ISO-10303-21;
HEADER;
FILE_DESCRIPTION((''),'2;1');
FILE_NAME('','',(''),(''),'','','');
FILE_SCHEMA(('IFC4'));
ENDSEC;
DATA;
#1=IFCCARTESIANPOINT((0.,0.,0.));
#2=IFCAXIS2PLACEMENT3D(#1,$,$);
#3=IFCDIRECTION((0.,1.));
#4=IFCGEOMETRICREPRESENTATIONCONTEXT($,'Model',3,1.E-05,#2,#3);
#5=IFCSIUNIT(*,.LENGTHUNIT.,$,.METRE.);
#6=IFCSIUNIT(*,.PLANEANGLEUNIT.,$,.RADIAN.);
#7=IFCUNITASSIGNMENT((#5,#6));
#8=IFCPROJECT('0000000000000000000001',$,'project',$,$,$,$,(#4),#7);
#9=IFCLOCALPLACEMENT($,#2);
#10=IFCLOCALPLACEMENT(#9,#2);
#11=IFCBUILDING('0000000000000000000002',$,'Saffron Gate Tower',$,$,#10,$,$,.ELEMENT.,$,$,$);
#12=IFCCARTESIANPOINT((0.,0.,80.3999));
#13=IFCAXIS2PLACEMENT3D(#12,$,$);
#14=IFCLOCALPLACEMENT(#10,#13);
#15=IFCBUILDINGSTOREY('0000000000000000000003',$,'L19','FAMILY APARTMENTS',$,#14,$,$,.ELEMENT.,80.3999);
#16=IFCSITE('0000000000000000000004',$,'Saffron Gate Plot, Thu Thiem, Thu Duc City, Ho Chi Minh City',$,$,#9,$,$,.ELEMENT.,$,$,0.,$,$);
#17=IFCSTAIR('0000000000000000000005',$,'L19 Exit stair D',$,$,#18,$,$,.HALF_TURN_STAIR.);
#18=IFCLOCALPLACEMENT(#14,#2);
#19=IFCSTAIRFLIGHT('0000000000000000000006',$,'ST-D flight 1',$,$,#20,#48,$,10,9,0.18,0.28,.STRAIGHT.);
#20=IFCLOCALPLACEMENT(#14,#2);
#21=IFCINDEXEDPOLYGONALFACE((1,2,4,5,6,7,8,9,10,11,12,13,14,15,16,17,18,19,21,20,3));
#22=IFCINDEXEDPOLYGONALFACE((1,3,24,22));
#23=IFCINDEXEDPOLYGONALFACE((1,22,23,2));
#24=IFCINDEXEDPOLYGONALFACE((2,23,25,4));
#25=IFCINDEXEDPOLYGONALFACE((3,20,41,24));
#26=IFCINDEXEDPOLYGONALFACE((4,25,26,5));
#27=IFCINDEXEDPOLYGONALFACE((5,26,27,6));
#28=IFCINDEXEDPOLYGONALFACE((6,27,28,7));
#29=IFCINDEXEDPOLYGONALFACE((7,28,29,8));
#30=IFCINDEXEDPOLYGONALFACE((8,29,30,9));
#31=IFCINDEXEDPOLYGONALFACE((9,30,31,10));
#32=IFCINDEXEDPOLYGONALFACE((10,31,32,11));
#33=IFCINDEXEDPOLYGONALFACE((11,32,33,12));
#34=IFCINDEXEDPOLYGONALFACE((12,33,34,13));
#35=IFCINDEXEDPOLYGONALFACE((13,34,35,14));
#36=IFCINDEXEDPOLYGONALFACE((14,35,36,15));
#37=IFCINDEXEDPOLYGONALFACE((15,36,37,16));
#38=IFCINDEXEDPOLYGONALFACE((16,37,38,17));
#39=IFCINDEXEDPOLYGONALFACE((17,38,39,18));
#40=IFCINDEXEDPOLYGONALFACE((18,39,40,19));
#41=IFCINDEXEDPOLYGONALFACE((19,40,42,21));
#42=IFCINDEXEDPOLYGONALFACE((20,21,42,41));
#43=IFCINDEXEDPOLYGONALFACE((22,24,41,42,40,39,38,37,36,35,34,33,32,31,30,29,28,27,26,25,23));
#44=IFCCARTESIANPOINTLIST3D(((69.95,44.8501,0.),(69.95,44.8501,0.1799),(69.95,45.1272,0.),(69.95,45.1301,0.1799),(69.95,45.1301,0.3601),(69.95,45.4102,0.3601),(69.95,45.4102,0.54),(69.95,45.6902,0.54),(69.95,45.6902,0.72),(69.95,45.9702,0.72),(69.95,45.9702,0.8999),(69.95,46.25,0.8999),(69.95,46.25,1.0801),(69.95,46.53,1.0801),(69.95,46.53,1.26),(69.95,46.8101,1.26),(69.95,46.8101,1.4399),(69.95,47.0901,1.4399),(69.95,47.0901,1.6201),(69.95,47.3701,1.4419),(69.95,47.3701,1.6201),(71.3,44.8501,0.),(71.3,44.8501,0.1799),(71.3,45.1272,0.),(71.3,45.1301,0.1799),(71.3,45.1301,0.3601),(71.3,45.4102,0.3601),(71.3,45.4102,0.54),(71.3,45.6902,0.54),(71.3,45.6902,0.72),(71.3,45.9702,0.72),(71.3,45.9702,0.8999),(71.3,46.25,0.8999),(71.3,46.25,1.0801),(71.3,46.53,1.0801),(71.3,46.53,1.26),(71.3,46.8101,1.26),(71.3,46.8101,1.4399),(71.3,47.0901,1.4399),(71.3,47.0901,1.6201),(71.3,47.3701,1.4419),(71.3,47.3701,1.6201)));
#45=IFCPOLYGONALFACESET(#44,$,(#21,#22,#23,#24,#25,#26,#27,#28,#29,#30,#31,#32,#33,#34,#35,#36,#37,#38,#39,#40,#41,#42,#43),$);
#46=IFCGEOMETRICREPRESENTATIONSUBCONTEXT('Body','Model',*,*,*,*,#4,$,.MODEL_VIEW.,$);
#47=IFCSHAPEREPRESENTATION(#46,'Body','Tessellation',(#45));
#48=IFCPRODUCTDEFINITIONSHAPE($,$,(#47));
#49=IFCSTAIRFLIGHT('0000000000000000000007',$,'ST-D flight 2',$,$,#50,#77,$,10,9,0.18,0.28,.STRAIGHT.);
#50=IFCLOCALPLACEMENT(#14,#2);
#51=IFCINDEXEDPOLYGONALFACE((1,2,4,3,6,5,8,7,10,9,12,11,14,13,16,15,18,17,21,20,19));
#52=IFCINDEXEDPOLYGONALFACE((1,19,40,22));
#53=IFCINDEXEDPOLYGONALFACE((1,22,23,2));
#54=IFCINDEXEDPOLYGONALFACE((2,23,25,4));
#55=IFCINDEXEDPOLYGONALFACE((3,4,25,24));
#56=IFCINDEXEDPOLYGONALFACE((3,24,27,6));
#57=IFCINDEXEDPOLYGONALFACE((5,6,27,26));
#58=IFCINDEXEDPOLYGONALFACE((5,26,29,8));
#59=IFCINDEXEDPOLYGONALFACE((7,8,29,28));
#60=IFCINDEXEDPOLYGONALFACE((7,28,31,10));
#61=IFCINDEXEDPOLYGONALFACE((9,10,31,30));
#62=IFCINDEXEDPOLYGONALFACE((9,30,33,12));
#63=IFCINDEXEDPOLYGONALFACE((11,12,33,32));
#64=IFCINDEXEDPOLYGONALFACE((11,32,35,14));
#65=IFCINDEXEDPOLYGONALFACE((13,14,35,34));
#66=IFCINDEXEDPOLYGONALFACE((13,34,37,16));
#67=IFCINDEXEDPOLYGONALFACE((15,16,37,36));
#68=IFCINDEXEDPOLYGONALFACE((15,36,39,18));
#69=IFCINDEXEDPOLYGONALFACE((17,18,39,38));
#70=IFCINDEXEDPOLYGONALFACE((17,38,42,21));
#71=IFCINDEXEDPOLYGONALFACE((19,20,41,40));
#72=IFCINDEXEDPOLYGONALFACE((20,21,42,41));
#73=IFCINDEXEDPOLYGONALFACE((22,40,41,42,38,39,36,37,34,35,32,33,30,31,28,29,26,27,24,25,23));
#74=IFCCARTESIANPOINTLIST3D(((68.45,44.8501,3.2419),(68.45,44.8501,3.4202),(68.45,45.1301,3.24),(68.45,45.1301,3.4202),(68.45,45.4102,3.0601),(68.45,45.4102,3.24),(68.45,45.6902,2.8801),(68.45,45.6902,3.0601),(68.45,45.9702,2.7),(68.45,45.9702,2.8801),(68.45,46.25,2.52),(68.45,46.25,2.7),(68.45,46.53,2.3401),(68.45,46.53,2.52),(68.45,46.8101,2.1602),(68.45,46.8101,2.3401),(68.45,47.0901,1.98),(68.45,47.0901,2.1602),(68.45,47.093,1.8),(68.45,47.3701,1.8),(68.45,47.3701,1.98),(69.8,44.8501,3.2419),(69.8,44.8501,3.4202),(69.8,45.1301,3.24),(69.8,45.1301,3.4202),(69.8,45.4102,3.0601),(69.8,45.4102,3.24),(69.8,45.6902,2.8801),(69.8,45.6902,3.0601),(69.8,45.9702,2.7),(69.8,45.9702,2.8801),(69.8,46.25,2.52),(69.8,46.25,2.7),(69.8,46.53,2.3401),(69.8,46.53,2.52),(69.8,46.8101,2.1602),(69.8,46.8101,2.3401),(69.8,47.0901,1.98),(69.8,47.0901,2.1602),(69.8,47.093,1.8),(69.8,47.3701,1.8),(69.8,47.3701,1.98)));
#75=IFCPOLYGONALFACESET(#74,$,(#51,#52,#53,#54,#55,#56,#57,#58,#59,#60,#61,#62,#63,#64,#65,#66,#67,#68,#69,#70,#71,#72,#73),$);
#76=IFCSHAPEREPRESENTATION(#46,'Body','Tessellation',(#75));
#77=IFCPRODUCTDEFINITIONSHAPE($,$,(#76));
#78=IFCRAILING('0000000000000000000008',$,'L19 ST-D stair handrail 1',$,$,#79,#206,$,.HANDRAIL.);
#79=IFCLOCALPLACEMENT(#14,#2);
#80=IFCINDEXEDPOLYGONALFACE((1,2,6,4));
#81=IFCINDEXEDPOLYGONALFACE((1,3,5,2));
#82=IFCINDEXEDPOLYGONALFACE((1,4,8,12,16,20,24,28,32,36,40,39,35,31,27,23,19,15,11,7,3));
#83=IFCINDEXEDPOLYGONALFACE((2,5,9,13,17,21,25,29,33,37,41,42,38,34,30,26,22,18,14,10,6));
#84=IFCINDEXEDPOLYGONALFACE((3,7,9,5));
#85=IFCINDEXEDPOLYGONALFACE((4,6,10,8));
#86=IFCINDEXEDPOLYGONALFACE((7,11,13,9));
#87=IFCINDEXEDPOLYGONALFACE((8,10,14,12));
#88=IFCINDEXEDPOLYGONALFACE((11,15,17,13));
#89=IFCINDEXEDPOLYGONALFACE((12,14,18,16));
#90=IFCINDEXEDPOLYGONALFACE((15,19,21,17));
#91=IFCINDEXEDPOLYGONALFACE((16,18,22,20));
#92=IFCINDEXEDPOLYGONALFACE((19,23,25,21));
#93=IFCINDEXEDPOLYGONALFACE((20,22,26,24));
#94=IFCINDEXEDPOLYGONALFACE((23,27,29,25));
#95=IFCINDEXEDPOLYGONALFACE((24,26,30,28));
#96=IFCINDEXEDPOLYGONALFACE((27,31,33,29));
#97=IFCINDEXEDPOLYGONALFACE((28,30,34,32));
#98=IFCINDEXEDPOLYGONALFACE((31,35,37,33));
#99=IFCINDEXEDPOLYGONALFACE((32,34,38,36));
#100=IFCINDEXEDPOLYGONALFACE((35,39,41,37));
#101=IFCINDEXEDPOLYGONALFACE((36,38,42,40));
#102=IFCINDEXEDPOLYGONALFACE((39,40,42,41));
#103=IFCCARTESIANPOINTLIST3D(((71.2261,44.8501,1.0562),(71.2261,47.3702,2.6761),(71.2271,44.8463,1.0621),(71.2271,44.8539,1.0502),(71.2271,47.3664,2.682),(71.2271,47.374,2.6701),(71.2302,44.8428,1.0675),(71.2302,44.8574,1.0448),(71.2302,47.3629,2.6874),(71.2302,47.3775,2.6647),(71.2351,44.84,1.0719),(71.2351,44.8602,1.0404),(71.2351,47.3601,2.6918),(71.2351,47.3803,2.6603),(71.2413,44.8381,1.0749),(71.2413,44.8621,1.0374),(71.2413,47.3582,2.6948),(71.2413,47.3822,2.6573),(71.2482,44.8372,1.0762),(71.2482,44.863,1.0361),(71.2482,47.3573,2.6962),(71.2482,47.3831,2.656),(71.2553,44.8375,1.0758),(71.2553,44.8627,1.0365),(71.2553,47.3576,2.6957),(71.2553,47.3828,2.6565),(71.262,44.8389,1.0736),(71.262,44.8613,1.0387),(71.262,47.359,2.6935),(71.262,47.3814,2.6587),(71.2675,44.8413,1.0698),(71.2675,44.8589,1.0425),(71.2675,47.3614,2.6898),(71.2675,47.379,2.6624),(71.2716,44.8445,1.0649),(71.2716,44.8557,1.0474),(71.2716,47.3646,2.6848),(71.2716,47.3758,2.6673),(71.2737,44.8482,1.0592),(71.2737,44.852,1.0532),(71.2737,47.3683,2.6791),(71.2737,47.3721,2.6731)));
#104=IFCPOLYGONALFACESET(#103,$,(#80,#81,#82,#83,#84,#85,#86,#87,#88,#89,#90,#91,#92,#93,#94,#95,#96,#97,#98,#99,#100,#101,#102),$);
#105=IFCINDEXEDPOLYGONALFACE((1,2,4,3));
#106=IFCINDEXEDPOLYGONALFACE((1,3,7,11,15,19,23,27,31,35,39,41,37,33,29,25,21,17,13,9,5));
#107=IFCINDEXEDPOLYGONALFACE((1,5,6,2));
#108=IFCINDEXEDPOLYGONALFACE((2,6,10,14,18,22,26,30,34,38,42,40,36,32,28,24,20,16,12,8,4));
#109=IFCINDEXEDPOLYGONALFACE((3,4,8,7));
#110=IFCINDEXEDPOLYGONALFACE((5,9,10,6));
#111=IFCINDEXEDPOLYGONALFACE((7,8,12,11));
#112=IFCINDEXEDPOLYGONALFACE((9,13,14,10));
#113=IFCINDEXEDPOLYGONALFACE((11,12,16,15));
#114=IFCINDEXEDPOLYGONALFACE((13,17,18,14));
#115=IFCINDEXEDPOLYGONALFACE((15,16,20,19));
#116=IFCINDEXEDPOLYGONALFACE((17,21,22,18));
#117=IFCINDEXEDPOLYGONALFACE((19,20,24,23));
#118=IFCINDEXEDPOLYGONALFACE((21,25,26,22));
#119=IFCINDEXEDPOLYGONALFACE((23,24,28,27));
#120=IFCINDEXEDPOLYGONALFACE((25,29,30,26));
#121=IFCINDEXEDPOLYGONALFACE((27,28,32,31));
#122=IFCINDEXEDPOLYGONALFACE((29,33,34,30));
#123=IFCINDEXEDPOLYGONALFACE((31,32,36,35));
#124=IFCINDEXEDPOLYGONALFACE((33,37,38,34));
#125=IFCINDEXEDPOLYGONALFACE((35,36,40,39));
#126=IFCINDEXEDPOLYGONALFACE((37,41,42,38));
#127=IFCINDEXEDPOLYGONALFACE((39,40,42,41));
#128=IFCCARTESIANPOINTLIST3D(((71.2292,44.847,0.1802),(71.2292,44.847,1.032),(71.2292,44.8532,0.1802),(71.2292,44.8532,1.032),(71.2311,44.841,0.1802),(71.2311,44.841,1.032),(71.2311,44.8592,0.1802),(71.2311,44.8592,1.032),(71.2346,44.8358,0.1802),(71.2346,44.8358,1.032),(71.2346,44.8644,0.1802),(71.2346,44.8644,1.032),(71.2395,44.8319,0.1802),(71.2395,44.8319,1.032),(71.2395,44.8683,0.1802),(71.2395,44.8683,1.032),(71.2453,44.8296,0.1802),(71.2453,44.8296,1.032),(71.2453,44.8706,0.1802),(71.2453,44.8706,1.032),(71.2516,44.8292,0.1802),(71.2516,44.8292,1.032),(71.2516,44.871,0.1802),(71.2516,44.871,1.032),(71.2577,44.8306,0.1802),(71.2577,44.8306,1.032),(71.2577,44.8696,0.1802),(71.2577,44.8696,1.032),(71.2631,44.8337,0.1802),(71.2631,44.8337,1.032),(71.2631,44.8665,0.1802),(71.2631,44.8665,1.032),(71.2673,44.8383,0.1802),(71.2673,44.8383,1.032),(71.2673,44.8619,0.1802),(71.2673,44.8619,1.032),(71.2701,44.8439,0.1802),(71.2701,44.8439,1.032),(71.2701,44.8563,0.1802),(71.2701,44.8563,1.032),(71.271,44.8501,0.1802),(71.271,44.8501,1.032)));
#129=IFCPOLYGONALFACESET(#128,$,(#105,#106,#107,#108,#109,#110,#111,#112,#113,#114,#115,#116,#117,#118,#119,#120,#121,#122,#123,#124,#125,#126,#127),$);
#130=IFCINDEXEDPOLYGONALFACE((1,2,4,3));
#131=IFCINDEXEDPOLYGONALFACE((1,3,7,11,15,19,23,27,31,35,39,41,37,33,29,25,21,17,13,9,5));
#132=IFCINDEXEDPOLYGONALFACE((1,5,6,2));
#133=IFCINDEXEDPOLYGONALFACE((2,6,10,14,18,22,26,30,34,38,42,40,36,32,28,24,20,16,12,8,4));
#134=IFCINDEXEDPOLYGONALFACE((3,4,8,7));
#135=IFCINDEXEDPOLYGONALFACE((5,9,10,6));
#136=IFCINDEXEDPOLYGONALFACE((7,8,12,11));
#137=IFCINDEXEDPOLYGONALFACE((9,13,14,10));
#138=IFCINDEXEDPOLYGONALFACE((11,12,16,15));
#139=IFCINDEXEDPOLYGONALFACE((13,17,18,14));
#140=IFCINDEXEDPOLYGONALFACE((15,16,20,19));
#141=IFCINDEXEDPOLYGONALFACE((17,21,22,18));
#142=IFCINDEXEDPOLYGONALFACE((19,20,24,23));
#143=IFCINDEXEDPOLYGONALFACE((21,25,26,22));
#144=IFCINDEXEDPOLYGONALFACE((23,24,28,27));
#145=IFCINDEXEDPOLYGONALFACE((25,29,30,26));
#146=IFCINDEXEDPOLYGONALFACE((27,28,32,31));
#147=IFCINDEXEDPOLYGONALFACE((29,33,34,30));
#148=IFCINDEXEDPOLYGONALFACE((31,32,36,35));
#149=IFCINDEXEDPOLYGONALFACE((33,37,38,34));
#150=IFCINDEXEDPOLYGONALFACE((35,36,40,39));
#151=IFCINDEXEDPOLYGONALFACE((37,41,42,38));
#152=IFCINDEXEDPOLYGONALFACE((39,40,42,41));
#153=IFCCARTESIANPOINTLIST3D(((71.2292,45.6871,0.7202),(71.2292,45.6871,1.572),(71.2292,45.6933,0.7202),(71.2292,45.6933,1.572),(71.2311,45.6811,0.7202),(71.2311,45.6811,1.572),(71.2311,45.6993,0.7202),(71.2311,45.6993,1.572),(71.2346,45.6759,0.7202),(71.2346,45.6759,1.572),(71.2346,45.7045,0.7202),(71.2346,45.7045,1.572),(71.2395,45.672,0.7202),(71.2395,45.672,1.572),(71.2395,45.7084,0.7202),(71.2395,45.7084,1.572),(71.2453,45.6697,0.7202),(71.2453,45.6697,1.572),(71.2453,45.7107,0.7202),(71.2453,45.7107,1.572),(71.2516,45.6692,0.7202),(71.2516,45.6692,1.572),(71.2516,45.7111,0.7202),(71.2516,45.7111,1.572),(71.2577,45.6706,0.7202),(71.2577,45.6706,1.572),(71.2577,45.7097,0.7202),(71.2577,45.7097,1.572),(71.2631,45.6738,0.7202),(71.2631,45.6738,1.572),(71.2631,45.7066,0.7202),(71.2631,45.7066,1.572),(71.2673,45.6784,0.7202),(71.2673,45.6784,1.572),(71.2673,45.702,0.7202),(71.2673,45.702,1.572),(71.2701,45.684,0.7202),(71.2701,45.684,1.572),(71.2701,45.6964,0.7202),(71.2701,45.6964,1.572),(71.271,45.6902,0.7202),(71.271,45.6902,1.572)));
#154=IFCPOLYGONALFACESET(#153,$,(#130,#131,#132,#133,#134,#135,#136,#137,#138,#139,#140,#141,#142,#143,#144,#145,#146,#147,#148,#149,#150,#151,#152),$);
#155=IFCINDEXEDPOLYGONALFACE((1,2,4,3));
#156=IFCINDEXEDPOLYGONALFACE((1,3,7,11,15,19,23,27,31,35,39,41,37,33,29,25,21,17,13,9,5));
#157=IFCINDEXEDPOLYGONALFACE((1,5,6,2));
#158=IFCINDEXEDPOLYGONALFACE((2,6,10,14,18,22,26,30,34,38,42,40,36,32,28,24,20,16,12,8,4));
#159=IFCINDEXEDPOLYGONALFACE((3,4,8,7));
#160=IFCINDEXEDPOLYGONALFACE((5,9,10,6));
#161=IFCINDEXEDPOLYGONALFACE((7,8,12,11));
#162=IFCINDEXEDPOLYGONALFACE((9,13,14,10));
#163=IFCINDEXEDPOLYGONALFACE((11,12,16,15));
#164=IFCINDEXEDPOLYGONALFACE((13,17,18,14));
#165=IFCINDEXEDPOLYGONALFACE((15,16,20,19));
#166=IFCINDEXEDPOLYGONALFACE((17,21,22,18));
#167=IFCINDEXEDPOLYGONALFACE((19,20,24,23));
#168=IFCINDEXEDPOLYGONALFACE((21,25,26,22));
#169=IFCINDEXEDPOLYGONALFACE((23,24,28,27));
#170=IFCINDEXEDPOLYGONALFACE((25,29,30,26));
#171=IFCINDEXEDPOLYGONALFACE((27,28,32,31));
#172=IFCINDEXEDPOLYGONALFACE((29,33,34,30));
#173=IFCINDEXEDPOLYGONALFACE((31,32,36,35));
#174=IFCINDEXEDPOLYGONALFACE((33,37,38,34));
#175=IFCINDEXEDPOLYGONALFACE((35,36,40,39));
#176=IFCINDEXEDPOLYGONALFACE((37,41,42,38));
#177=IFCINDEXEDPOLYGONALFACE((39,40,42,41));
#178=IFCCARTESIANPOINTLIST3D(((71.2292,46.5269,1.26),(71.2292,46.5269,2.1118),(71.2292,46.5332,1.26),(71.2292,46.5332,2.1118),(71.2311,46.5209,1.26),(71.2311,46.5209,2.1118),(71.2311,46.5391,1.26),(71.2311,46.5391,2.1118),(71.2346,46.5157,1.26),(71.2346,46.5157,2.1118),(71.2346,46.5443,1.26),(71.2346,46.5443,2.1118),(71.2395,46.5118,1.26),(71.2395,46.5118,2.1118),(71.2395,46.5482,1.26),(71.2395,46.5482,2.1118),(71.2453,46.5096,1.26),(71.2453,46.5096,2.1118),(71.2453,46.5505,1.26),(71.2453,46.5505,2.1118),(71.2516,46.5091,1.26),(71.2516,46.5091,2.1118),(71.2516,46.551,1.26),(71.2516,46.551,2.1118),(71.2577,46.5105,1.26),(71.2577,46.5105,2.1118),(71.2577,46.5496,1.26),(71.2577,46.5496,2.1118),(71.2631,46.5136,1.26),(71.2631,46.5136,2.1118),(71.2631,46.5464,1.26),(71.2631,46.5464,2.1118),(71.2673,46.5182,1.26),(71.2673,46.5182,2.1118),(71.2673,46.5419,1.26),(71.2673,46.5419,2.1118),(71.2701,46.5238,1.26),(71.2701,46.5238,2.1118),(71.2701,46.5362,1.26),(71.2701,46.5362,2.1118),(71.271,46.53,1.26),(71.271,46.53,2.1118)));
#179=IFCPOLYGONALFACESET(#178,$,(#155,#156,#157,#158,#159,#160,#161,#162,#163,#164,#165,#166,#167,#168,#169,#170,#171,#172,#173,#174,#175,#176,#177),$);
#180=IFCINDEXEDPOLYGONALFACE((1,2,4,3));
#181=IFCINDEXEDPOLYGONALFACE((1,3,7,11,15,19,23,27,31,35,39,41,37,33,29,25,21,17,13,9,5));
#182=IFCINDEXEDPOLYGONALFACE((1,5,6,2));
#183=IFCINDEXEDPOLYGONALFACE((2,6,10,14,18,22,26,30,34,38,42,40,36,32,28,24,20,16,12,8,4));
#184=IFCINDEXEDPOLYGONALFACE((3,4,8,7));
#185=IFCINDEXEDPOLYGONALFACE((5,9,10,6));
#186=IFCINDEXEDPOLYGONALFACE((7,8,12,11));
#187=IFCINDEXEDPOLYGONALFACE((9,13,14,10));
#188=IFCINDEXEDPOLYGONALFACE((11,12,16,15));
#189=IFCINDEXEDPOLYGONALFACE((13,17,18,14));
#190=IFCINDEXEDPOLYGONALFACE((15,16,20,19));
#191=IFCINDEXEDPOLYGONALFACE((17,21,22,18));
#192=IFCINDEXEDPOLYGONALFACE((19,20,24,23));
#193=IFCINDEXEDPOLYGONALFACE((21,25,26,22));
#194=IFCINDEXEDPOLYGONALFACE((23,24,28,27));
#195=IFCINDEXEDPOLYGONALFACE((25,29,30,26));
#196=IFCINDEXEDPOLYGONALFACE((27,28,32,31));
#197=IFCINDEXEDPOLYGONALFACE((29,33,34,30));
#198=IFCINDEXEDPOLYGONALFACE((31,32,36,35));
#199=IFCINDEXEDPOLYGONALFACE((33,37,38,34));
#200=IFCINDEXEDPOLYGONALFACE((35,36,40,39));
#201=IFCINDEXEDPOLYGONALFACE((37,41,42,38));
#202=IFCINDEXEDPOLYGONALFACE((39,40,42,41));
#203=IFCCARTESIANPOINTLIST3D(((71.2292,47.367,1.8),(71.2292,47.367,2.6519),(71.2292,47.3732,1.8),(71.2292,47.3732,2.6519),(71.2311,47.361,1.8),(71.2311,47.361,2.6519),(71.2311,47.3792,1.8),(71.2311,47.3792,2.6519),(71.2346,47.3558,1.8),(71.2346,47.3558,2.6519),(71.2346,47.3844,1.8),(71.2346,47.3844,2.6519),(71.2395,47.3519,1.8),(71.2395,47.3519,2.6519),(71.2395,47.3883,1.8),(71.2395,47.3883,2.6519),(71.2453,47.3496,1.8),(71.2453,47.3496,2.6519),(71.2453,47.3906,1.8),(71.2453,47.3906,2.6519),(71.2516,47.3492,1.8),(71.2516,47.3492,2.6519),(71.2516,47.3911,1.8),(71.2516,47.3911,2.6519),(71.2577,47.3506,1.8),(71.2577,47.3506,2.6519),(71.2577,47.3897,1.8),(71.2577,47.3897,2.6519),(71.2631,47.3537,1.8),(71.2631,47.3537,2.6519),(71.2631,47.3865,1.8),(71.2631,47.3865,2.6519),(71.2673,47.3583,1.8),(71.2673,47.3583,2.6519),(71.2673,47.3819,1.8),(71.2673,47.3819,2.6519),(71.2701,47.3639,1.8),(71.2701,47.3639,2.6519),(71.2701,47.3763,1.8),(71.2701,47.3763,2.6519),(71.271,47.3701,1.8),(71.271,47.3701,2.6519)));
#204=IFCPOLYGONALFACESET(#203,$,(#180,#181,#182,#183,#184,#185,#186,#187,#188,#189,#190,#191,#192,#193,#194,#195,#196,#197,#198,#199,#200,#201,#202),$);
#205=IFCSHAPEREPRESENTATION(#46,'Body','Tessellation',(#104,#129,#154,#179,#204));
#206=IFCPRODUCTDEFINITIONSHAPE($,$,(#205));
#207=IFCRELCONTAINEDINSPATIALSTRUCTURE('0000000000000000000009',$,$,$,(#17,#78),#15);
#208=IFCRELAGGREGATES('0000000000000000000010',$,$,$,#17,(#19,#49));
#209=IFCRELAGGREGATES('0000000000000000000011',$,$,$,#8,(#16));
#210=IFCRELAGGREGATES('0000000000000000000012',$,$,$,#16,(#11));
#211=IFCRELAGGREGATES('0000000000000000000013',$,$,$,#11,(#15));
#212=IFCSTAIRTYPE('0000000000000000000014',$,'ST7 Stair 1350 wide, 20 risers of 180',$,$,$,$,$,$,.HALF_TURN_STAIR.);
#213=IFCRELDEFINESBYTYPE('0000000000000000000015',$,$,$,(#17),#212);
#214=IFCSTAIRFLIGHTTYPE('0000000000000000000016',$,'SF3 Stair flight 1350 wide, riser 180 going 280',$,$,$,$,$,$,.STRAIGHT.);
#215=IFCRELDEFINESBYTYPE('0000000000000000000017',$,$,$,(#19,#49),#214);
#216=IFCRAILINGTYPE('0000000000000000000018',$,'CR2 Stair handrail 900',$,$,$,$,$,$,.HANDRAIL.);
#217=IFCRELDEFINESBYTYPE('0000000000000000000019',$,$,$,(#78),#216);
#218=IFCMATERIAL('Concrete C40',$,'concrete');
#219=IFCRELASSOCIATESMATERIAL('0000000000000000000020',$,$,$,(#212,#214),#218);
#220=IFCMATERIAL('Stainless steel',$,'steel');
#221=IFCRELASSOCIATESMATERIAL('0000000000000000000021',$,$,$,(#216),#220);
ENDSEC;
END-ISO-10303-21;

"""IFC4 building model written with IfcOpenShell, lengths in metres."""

from ifc_helpers import new_model, si_unit, direction, frame, origin, origin_2d, place, context, subcontext, project, spatial, polyline, circle, outline, extrude, material, type_object, element, aggregate, save


model = new_model("IFC4")

# Units and contexts
model_context = context("Model", 3, precision=1e-05, world=origin(), true_north=direction((0.0, 1.0)))
body_context = subcontext(model_context, "Body", "Model", "MODEL_VIEW")
ifc_project = project(units=[si_unit("LENGTHUNIT", "METRE"), si_unit("PLANEANGLEUNIT", "RADIAN")], contexts=[model_context])

# Site, building, storey
site_placement = place(None, origin())
site = spatial("IfcSite", under=ifc_project, at=site_placement, Name="Saffron Gate Plot, Thu Thiem, Thu Duc City, Ho Chi Minh City", CompositionType="ELEMENT", RefElevation=0.0)
building_placement = place(site_placement, origin())
building = spatial("IfcBuilding", under=site, at=building_placement, Name="Saffron Gate Tower", CompositionType="ELEMENT")
storey_placement = place(building_placement, frame((0.0, 0.0, 80.3999)))
storey = spatial("IfcBuildingStorey", under=building, at=storey_placement, Name="L19", Description="FAMILY APARTMENTS", CompositionType="ELEMENT", Elevation=80.3999)

# Stair, stair flights
ifc_material_1 = material(Name="Concrete C40", Category="concrete")
stair_type = type_object("IfcStairType", Name="ST7 Stair 1350 wide, 20 risers of 180", PredefinedType="HALF_TURN_STAIR", material=ifc_material_1)
stair_placement = place(storey_placement, origin())
stair = element("IfcStair", 1, at=stair_placement, inside=storey, type_object=stair_type, Name="L19 Exit stair D", PredefinedType="HALF_TURN_STAIR")
stair_flight_type = type_object("IfcStairFlightType", Name="SF3 Stair flight 1350 wide, riser 180 going 280", PredefinedType="STRAIGHT", material=ifc_material_1)
stair_flight_1_placement = place(storey_placement, frame((70.625, 44.8501, 0.0), z_axis=(0.0, 0.0, 1.0), x_axis=(0.0, 1.0, 0.0)))
stair_flight_1 = element("IfcStairFlight", 2, at=stair_flight_1_placement, type_object=stair_flight_type, Name="ST-D flight 1", NumberOfRisers=10, NumberOfTreads=9, PredefinedType="STRAIGHT", RiserHeight=0.18, TreadLength=0.28, context=body_context, shape_type="SweptSolid", body=[
    extrude(outline(polyline([(0.0, 0.0), (0.0, 0.1799), (0.28, 0.1799), (0.28, 0.3601), (0.5601, 0.3601), (0.5601, 0.54), (0.8401, 0.54), (0.8401, 0.72), (1.1201, 0.72), (1.1201, 0.8999), (1.3999, 0.8999), (1.3999, 1.0801), (1.6799, 1.0801), (1.6799, 1.26), (1.96, 1.26), (1.96, 1.4399), (2.24, 1.4399), (2.24, 1.6201), (2.52, 1.6201), (2.52, 1.8), (2.52, 1.4419), (0.2771, 0.0), (0.0, 0.0)])), frame((0.0, 0.675, 0.0), z_axis=(0.0, -1.0, 0.0), x_axis=(1.0, 0.0, 0.0)), (0.0, 0.0, 1.0), 1.3501),
])
stair_flight_2_placement = place(storey_placement, frame((69.125, 47.3701, 1.8), z_axis=(0.0, 0.0, 1.0), x_axis=(0.0, -1.0, 0.0)))
stair_flight_2 = element("IfcStairFlight", 3, at=stair_flight_2_placement, type_object=stair_flight_type, Name="ST-D flight 2", NumberOfRisers=10, NumberOfTreads=9, PredefinedType="STRAIGHT", RiserHeight=0.18, TreadLength=0.28, context=body_context, shape_type="SweptSolid", body=[
    extrude(outline(polyline([(0.0, 0.0), (0.0, 0.1799), (0.28, 0.1799), (0.28, 0.3601), (0.5601, 0.3601), (0.5601, 0.54), (0.8401, 0.54), (0.8401, 0.72), (1.1201, 0.72), (1.1201, 0.8999), (1.3999, 0.8999), (1.3999, 1.0801), (1.6799, 1.0801), (1.6799, 1.26), (1.96, 1.26), (1.96, 1.4399), (2.24, 1.4399), (2.24, 1.6201), (2.52, 1.6201), (2.52, 1.8), (2.52, 1.4419), (0.2771, 0.0), (0.0, 0.0)])), frame((0.0, 0.675, 0.0), z_axis=(0.0, -1.0, 0.0), x_axis=(1.0, 0.0, 0.0)), (0.0, 0.0, 1.0), 1.3501),
])
aggregate(stair, [stair_flight_1, stair_flight_2])

# Railing
ifc_material_2 = material(Name="Stainless steel", Category="steel")
railing_type_1 = type_object("IfcRailingType", Name="CR2 Stair handrail 900", PredefinedType="HANDRAIL", material=ifc_material_2)
railing_1_placement = place(storey_placement, frame((71.25, 44.8501, 0.1802)))
element("IfcRailing", 4, at=railing_1_placement, inside=storey, type_object=railing_type_1, Name="L19 ST-D stair handrail 1", PredefinedType="HANDRAIL", context=body_context, shape_type="SweptSolid", body=[
    extrude(circle(Radius=0.0239, at=origin_2d()), frame((0.0, 0.0, 0.876), z_axis=(0.0, 0.8412, 0.540725), x_axis=(-1.0, 0.0, 0.0)), (0.0, 0.0, 1.0), 2.9958),
    extrude(circle(Radius=0.021, at=origin_2d()), origin(), (0.0, 0.0, 1.0), 0.8518),
    extrude(circle(Radius=0.021, at=origin_2d()), frame((0.0, 0.8401, 0.54)), (0.0, 0.0, 1.0), 0.8518),
    extrude(circle(Radius=0.021, at=origin_2d()), frame((0.0, 1.6799, 1.0798)), (0.0, 0.0, 1.0), 0.8518),
    extrude(circle(Radius=0.021, at=origin_2d()), frame((0.0, 2.52, 1.6199)), (0.0, 0.0, 1.0), 0.8518),
])

save(model, "model.ifc")
